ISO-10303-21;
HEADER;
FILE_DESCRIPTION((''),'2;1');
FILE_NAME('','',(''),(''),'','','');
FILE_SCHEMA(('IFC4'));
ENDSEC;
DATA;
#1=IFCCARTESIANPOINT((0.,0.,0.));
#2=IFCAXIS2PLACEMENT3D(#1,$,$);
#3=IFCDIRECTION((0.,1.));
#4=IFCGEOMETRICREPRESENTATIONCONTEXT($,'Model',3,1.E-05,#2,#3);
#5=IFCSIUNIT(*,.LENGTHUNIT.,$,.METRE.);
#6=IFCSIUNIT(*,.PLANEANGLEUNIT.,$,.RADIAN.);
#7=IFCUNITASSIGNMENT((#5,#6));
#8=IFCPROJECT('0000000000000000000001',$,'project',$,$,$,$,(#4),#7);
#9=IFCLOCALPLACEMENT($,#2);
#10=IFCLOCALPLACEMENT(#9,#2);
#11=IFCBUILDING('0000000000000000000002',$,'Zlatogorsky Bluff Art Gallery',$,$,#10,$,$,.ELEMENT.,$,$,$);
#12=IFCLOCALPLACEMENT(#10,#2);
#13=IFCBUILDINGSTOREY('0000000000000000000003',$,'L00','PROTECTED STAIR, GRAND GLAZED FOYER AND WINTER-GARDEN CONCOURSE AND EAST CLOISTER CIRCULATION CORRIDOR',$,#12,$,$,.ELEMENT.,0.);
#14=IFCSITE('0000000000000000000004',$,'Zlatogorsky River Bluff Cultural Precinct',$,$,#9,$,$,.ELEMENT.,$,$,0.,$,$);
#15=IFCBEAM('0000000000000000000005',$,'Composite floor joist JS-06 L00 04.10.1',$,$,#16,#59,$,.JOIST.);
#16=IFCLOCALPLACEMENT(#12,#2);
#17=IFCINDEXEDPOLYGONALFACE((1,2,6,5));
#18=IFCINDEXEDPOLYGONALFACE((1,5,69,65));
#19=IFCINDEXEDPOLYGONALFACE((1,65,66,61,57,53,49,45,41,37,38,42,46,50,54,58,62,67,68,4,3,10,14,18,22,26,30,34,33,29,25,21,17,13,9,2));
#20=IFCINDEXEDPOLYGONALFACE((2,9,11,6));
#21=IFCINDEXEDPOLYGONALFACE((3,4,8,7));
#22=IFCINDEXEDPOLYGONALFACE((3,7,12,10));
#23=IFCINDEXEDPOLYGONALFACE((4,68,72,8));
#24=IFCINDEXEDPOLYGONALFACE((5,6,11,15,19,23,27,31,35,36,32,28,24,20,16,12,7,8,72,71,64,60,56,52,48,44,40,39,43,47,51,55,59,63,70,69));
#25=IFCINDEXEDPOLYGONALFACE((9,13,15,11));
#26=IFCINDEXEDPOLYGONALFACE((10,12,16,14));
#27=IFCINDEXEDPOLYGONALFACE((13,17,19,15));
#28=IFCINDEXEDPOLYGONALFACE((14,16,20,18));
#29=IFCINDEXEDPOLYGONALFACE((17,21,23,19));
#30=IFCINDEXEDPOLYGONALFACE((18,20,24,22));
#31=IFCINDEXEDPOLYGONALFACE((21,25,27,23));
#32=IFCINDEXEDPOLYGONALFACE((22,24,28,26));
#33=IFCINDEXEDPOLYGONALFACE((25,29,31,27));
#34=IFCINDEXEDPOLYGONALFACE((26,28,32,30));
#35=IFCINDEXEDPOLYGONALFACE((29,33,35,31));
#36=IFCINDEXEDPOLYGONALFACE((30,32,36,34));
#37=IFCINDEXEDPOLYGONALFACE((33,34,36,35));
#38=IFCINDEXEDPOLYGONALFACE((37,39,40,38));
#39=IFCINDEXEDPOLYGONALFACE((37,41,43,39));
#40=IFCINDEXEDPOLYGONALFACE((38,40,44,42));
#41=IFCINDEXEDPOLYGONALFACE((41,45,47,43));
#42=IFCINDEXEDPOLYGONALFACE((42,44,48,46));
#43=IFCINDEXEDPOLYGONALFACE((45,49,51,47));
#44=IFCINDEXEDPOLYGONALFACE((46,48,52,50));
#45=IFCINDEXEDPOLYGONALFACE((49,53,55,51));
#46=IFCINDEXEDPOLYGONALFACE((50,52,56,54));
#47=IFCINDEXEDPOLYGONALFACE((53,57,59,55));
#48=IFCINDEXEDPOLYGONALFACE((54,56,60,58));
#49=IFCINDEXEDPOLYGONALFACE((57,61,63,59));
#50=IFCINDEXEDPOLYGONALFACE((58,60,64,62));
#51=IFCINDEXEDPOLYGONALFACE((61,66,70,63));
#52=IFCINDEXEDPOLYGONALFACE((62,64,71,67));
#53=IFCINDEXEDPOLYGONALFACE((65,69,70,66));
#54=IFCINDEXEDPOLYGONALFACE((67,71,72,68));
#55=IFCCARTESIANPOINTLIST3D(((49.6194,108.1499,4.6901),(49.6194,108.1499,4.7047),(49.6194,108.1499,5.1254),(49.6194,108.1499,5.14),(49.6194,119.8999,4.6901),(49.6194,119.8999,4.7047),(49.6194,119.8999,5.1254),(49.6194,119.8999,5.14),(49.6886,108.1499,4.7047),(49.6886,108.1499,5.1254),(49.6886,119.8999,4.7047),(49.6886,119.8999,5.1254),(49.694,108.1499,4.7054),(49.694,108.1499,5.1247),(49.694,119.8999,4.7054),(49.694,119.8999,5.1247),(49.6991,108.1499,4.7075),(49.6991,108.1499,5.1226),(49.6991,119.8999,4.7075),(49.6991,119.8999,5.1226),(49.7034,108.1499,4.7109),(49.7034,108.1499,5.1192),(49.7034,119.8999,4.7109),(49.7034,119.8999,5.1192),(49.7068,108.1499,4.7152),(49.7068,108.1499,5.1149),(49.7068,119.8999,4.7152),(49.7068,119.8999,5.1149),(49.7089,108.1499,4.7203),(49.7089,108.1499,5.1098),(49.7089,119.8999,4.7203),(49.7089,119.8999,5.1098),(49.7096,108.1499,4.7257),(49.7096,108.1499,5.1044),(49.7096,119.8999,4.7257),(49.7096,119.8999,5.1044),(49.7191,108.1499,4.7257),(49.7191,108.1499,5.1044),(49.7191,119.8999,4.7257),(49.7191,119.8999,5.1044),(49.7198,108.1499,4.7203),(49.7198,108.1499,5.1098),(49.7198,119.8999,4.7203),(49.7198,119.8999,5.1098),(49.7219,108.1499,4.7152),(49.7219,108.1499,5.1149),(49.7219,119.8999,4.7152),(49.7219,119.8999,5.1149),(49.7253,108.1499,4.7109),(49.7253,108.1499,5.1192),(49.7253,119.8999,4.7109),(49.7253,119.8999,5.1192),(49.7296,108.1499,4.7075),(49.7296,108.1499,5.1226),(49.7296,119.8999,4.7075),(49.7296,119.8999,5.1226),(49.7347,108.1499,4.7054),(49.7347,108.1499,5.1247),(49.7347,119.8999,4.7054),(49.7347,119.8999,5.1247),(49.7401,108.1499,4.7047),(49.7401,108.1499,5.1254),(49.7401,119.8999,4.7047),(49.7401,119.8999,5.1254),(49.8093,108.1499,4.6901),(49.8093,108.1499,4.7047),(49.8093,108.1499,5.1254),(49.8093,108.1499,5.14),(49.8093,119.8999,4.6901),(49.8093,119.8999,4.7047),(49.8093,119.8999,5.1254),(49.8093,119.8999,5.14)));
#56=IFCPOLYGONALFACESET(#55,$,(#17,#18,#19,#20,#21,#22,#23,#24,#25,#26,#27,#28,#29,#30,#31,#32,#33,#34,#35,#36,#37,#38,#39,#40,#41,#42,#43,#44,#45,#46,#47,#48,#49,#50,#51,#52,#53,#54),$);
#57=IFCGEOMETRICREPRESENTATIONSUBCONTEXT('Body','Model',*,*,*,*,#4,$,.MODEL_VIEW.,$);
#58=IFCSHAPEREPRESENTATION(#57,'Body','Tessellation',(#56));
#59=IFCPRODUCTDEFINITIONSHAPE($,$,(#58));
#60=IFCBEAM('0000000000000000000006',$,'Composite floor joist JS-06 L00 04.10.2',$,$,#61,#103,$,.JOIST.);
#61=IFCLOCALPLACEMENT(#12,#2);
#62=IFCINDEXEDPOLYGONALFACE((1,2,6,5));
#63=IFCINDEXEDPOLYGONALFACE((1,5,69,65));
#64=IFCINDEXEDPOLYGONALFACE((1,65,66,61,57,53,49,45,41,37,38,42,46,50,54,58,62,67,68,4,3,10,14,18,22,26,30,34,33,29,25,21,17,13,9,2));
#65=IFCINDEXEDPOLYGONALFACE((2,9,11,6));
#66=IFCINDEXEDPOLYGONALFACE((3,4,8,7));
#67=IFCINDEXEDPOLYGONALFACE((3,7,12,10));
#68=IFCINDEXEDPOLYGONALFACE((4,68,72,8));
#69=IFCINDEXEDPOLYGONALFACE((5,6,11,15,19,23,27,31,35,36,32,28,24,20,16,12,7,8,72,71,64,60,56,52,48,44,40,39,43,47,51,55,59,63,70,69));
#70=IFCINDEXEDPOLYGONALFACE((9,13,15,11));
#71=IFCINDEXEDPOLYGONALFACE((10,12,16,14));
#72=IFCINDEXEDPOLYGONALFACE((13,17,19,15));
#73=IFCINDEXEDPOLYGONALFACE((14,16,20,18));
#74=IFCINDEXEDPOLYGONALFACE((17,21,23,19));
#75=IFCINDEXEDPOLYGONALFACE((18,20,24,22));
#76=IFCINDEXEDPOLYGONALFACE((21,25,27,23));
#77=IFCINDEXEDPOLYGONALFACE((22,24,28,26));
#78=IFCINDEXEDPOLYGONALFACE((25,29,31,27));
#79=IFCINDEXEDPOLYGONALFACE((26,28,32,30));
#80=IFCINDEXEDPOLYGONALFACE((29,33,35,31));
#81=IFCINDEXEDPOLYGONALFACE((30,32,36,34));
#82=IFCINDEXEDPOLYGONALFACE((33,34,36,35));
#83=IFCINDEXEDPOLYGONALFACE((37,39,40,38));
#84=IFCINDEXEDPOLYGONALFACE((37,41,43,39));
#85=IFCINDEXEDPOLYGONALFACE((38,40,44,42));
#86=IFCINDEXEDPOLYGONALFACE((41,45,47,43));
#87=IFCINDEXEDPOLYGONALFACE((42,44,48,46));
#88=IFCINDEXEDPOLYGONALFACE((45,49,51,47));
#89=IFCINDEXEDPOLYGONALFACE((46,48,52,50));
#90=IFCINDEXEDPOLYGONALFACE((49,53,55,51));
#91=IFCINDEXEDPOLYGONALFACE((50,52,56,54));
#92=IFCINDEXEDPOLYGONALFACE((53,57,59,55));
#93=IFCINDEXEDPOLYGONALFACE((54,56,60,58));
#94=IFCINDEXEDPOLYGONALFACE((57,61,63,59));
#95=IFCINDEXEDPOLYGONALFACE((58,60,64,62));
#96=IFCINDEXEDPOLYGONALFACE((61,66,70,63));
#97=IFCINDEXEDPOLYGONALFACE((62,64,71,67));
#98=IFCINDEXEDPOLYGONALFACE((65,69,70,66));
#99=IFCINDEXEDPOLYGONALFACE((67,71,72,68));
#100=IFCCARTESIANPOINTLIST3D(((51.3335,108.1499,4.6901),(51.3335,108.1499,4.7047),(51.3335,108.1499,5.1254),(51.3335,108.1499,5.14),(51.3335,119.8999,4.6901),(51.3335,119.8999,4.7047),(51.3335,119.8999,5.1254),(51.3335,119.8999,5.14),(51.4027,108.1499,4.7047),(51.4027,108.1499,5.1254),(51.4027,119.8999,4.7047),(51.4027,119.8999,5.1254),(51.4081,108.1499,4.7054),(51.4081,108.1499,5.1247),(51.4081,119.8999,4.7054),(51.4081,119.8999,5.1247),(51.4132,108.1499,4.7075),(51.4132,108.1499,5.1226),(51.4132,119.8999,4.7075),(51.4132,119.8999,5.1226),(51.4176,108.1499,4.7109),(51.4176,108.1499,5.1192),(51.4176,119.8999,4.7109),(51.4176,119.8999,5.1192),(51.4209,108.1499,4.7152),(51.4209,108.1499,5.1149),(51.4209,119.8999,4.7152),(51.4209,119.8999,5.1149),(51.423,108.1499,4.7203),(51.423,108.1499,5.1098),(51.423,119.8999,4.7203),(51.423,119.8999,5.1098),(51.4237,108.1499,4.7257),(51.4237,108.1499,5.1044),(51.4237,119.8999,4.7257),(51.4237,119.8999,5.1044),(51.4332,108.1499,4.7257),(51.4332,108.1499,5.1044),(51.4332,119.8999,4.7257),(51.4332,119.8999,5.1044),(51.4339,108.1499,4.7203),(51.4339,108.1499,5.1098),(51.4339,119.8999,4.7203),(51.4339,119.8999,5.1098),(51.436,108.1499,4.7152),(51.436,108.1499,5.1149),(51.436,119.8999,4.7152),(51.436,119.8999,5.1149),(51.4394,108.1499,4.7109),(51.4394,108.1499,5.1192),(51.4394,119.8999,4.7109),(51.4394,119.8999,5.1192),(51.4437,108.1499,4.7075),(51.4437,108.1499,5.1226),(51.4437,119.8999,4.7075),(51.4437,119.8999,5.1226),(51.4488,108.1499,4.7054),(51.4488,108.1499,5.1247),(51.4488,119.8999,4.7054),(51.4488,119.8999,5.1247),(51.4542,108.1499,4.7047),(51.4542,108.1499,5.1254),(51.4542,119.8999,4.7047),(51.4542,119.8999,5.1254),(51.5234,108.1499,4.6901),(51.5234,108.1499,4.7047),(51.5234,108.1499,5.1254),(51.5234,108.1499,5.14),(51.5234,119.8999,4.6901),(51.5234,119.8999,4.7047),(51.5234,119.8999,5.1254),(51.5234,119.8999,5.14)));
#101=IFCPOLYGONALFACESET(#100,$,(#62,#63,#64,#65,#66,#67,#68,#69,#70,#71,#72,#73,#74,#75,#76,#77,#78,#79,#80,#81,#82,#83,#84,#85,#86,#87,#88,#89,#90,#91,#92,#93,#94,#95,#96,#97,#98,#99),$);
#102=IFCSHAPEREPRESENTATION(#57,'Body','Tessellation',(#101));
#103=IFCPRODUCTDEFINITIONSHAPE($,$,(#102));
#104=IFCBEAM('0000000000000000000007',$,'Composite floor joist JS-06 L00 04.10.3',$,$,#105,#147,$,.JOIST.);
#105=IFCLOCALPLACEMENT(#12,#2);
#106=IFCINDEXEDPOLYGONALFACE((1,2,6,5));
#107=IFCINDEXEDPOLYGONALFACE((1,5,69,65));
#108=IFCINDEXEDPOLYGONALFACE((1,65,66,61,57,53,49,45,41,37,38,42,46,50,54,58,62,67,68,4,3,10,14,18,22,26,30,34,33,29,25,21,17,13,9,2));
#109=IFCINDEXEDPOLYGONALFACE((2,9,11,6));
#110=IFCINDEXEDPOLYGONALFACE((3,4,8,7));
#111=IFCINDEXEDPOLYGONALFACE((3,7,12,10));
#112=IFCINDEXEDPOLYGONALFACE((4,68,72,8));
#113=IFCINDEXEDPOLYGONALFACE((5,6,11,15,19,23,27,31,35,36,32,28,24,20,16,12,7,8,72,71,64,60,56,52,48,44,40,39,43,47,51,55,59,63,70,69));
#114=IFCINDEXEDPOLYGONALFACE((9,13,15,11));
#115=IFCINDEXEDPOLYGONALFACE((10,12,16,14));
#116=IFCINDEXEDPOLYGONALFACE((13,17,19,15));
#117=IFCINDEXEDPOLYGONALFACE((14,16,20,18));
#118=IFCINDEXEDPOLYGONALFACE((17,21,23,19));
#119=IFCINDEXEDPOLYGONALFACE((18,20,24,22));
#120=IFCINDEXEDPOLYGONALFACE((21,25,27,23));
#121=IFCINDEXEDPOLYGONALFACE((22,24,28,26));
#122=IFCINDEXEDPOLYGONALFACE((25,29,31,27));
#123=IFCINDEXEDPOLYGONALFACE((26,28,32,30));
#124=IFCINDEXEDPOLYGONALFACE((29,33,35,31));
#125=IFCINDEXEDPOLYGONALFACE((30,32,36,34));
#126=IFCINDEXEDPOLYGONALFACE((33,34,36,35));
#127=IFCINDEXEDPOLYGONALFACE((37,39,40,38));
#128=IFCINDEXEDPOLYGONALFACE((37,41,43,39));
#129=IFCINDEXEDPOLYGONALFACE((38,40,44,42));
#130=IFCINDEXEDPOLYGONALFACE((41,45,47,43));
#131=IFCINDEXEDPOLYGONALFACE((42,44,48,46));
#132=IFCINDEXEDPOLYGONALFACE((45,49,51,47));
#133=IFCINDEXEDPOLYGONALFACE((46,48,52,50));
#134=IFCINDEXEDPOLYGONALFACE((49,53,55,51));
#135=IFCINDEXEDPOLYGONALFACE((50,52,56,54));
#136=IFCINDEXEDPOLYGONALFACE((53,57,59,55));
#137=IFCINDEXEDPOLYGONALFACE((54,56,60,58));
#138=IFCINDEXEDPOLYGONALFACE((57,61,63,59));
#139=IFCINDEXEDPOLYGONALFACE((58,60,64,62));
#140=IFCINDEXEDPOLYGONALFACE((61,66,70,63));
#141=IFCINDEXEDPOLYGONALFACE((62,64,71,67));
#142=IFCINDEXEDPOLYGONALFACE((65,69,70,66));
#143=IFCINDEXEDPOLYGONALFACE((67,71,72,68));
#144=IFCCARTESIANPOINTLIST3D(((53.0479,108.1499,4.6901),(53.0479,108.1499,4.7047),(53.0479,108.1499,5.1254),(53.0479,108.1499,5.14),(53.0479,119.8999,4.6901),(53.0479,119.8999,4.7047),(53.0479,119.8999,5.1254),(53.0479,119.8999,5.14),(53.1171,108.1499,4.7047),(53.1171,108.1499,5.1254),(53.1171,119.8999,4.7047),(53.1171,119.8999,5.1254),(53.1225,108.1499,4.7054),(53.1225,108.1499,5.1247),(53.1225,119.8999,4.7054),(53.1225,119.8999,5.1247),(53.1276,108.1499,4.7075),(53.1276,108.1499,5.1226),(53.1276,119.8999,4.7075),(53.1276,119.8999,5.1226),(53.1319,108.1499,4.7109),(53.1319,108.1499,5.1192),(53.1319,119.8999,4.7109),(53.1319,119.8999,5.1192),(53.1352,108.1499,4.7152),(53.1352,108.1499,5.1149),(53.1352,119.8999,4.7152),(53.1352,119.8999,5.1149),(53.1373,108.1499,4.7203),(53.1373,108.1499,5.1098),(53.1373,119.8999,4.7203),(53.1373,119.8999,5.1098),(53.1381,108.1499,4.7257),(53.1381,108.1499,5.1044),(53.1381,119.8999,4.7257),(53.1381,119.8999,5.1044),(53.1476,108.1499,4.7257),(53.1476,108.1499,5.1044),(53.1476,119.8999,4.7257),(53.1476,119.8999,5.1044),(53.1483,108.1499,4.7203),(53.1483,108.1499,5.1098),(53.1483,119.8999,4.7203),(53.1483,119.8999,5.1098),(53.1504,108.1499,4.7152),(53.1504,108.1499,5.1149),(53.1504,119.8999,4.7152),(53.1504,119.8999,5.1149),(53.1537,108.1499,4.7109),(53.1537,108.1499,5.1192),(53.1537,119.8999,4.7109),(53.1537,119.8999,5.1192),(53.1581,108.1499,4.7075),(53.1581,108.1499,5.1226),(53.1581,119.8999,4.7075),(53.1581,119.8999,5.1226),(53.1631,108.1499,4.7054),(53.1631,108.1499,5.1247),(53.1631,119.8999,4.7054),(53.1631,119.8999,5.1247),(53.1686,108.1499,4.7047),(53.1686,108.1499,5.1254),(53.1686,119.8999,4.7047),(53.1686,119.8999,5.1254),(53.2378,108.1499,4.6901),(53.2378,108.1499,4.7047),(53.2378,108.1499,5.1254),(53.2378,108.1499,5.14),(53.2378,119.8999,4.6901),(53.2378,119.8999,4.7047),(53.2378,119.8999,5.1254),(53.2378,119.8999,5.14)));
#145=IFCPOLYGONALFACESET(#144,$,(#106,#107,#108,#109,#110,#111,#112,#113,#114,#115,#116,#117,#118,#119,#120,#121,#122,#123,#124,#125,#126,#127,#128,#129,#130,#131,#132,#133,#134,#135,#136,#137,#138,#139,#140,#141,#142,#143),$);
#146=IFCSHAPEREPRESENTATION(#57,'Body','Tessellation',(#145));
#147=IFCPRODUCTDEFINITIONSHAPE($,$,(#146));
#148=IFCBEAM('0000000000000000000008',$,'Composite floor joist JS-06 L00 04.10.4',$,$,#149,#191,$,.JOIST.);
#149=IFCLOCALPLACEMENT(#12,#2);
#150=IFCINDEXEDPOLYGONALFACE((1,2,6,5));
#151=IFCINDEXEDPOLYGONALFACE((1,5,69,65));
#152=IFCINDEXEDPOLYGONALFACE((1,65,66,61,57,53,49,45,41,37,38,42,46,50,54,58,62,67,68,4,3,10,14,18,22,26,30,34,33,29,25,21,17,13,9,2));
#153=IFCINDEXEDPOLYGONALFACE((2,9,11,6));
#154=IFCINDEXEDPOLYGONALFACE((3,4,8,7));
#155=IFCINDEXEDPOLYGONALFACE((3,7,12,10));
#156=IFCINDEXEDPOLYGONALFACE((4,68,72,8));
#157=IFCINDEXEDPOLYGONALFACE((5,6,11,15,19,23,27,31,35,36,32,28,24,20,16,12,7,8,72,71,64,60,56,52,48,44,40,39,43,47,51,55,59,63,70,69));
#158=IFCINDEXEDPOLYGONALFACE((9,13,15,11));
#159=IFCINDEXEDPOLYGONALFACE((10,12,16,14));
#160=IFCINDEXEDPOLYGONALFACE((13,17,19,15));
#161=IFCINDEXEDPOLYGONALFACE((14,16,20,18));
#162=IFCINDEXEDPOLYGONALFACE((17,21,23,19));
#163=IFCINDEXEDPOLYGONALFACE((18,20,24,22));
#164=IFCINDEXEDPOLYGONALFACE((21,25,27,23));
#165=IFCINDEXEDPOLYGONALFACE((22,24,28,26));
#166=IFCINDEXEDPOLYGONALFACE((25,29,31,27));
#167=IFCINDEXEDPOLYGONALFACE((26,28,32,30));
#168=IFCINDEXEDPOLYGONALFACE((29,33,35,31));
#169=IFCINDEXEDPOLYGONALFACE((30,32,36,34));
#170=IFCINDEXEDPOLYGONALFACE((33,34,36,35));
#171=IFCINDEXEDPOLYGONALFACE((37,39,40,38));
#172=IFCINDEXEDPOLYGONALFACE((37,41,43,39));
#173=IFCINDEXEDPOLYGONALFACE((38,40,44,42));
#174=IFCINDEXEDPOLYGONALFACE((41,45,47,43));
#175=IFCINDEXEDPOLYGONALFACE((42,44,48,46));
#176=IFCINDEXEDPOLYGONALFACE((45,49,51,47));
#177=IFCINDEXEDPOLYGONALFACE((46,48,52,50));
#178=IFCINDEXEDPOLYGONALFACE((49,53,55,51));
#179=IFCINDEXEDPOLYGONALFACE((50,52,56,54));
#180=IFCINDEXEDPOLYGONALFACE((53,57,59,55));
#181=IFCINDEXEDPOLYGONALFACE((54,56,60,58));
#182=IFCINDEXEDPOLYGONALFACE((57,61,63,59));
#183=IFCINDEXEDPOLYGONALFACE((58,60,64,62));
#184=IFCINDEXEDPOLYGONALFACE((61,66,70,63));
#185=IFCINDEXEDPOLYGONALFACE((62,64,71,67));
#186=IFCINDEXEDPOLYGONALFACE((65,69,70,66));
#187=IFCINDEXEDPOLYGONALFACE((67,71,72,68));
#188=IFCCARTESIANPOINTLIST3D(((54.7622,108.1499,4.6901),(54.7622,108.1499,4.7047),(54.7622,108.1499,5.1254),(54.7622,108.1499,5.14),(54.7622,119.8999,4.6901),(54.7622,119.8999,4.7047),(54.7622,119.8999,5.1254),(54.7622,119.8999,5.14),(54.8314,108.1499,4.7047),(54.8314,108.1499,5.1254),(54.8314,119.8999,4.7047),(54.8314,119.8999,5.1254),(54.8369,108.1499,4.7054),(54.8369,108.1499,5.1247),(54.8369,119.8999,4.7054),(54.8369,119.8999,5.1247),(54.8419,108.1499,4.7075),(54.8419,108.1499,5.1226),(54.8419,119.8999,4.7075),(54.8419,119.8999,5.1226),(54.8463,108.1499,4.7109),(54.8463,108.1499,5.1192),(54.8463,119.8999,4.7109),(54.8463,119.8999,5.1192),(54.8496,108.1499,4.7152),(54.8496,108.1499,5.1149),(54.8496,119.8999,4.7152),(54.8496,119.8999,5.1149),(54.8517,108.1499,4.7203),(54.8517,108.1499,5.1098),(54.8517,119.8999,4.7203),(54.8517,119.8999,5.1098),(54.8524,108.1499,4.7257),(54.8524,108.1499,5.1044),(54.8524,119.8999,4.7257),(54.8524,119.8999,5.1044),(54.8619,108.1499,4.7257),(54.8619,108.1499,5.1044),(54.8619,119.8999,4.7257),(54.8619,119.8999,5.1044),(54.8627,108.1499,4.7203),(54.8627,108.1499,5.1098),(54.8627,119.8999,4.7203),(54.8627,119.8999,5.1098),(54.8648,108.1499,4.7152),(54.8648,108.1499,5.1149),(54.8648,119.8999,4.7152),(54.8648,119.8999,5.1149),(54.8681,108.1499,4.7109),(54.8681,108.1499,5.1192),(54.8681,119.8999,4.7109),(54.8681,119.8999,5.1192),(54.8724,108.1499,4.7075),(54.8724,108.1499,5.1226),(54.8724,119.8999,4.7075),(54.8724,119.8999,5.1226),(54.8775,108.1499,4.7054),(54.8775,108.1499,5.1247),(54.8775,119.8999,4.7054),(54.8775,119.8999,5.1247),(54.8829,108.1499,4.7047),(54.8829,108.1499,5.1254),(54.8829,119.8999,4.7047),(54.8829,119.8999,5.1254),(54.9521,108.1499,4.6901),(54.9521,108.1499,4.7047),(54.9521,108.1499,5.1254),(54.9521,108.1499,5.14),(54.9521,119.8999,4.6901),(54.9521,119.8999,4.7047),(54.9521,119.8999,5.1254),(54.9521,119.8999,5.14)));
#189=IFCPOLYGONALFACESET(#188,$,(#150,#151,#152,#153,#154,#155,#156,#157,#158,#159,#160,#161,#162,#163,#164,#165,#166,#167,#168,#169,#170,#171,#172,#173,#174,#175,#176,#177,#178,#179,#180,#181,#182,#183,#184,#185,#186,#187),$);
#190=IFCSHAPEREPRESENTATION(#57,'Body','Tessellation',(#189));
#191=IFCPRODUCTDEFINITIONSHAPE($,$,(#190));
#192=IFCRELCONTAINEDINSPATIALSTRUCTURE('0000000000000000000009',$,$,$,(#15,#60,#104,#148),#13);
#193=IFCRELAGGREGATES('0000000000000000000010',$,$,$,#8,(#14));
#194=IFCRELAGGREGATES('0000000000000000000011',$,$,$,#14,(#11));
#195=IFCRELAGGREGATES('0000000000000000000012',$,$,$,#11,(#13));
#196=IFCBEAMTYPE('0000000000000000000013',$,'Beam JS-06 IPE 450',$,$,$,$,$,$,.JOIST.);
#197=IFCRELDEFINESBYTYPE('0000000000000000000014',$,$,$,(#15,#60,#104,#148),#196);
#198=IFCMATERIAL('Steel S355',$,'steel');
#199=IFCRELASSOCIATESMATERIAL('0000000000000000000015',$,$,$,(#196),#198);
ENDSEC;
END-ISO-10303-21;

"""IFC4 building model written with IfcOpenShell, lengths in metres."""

from ifc_helpers import new_model, si_unit, direction, frame, origin, origin_2d, place, context, subcontext, project, spatial, i_section, extrude, material, material_profile, profile_set, type_object, element, save


model = new_model("IFC4")

# Units and contexts
model_context = context("Model", 3, precision=1e-05, world=origin(), true_north=direction((0.0, 1.0)))
body_context = subcontext(model_context, "Body", "Model", "MODEL_VIEW")
ifc_project = project(units=[si_unit("LENGTHUNIT", "METRE"), si_unit("PLANEANGLEUNIT", "RADIAN")], contexts=[model_context])

# Site, building, storey
site_placement = place(None, origin())
site = spatial("IfcSite", under=ifc_project, at=site_placement, Name="Zlatogorsky River Bluff Cultural Precinct", CompositionType="ELEMENT", RefElevation=0.0)
building_placement = place(site_placement, origin())
building = spatial("IfcBuilding", under=site, at=building_placement, Name="Zlatogorsky Bluff Art Gallery", CompositionType="ELEMENT")
storey_placement = place(building_placement, origin())
storey = spatial("IfcBuildingStorey", under=building, at=storey_placement, Name="L00", Description="PROTECTED STAIR, GRAND GLAZED FOYER AND WINTER-GARDEN CONCOURSE AND EAST CLOISTER CIRCULATION CORRIDOR", CompositionType="ELEMENT", Elevation=0.0)

# Beams
ifc_material_1 = material(Name="Steel S355", Category="steel")
ifc_material_profile_1 = material_profile(ifc_material_1, i_section(OverallWidth=0.1899, OverallDepth=0.45, WebThickness=0.0095, FlangeThickness=0.0146, FilletRadius=0.021, at=origin_2d()), Name="IPE 450")
ifc_profile_set_1 = profile_set([ifc_material_profile_1], Name="Steel S355")
beam_type_1 = type_object("IfcBeamType", Name="Beam JS-06 IPE 450", PredefinedType="JOIST", material=ifc_profile_set_1)
for number, where, z_axis, x_axis, name in (
    (1, (49.7144, 108.1499, 4.915), (0.0, 1.0, 0.0), (-1.0, 0.0, 0.0), "Composite floor joist JS-06 L00 04.10.1"),
    (2, (51.4285, 108.1499, 4.915), (0.0, 1.0, 0.0), (-1.0, 0.0, 0.0), "Composite floor joist JS-06 L00 04.10.2"),
    (3, (53.1428, 108.1499, 4.915), (0.0, 1.0, 0.0), (-1.0, 0.0, 0.0), "Composite floor joist JS-06 L00 04.10.3"),
    (4, (54.8572, 108.1499, 4.915), (0.0, 1.0, 0.0), (-1.0, 0.0, 0.0), "Composite floor joist JS-06 L00 04.10.4"),
):
    element("IfcBeam", number, at=place(storey_placement, frame(where, z_axis=z_axis, x_axis=x_axis)), inside=storey, type_object=beam_type_1, Name=name, PredefinedType="JOIST", context=body_context, shape_type="SweptSolid", body=[
        extrude(i_section(OverallWidth=0.1899, OverallDepth=0.45, WebThickness=0.0095, FlangeThickness=0.0146, FilletRadius=0.021, at=origin_2d()), origin(), (0.0, 0.0, 1.0), 11.75),
    ])

save(model, "model.ifc")
